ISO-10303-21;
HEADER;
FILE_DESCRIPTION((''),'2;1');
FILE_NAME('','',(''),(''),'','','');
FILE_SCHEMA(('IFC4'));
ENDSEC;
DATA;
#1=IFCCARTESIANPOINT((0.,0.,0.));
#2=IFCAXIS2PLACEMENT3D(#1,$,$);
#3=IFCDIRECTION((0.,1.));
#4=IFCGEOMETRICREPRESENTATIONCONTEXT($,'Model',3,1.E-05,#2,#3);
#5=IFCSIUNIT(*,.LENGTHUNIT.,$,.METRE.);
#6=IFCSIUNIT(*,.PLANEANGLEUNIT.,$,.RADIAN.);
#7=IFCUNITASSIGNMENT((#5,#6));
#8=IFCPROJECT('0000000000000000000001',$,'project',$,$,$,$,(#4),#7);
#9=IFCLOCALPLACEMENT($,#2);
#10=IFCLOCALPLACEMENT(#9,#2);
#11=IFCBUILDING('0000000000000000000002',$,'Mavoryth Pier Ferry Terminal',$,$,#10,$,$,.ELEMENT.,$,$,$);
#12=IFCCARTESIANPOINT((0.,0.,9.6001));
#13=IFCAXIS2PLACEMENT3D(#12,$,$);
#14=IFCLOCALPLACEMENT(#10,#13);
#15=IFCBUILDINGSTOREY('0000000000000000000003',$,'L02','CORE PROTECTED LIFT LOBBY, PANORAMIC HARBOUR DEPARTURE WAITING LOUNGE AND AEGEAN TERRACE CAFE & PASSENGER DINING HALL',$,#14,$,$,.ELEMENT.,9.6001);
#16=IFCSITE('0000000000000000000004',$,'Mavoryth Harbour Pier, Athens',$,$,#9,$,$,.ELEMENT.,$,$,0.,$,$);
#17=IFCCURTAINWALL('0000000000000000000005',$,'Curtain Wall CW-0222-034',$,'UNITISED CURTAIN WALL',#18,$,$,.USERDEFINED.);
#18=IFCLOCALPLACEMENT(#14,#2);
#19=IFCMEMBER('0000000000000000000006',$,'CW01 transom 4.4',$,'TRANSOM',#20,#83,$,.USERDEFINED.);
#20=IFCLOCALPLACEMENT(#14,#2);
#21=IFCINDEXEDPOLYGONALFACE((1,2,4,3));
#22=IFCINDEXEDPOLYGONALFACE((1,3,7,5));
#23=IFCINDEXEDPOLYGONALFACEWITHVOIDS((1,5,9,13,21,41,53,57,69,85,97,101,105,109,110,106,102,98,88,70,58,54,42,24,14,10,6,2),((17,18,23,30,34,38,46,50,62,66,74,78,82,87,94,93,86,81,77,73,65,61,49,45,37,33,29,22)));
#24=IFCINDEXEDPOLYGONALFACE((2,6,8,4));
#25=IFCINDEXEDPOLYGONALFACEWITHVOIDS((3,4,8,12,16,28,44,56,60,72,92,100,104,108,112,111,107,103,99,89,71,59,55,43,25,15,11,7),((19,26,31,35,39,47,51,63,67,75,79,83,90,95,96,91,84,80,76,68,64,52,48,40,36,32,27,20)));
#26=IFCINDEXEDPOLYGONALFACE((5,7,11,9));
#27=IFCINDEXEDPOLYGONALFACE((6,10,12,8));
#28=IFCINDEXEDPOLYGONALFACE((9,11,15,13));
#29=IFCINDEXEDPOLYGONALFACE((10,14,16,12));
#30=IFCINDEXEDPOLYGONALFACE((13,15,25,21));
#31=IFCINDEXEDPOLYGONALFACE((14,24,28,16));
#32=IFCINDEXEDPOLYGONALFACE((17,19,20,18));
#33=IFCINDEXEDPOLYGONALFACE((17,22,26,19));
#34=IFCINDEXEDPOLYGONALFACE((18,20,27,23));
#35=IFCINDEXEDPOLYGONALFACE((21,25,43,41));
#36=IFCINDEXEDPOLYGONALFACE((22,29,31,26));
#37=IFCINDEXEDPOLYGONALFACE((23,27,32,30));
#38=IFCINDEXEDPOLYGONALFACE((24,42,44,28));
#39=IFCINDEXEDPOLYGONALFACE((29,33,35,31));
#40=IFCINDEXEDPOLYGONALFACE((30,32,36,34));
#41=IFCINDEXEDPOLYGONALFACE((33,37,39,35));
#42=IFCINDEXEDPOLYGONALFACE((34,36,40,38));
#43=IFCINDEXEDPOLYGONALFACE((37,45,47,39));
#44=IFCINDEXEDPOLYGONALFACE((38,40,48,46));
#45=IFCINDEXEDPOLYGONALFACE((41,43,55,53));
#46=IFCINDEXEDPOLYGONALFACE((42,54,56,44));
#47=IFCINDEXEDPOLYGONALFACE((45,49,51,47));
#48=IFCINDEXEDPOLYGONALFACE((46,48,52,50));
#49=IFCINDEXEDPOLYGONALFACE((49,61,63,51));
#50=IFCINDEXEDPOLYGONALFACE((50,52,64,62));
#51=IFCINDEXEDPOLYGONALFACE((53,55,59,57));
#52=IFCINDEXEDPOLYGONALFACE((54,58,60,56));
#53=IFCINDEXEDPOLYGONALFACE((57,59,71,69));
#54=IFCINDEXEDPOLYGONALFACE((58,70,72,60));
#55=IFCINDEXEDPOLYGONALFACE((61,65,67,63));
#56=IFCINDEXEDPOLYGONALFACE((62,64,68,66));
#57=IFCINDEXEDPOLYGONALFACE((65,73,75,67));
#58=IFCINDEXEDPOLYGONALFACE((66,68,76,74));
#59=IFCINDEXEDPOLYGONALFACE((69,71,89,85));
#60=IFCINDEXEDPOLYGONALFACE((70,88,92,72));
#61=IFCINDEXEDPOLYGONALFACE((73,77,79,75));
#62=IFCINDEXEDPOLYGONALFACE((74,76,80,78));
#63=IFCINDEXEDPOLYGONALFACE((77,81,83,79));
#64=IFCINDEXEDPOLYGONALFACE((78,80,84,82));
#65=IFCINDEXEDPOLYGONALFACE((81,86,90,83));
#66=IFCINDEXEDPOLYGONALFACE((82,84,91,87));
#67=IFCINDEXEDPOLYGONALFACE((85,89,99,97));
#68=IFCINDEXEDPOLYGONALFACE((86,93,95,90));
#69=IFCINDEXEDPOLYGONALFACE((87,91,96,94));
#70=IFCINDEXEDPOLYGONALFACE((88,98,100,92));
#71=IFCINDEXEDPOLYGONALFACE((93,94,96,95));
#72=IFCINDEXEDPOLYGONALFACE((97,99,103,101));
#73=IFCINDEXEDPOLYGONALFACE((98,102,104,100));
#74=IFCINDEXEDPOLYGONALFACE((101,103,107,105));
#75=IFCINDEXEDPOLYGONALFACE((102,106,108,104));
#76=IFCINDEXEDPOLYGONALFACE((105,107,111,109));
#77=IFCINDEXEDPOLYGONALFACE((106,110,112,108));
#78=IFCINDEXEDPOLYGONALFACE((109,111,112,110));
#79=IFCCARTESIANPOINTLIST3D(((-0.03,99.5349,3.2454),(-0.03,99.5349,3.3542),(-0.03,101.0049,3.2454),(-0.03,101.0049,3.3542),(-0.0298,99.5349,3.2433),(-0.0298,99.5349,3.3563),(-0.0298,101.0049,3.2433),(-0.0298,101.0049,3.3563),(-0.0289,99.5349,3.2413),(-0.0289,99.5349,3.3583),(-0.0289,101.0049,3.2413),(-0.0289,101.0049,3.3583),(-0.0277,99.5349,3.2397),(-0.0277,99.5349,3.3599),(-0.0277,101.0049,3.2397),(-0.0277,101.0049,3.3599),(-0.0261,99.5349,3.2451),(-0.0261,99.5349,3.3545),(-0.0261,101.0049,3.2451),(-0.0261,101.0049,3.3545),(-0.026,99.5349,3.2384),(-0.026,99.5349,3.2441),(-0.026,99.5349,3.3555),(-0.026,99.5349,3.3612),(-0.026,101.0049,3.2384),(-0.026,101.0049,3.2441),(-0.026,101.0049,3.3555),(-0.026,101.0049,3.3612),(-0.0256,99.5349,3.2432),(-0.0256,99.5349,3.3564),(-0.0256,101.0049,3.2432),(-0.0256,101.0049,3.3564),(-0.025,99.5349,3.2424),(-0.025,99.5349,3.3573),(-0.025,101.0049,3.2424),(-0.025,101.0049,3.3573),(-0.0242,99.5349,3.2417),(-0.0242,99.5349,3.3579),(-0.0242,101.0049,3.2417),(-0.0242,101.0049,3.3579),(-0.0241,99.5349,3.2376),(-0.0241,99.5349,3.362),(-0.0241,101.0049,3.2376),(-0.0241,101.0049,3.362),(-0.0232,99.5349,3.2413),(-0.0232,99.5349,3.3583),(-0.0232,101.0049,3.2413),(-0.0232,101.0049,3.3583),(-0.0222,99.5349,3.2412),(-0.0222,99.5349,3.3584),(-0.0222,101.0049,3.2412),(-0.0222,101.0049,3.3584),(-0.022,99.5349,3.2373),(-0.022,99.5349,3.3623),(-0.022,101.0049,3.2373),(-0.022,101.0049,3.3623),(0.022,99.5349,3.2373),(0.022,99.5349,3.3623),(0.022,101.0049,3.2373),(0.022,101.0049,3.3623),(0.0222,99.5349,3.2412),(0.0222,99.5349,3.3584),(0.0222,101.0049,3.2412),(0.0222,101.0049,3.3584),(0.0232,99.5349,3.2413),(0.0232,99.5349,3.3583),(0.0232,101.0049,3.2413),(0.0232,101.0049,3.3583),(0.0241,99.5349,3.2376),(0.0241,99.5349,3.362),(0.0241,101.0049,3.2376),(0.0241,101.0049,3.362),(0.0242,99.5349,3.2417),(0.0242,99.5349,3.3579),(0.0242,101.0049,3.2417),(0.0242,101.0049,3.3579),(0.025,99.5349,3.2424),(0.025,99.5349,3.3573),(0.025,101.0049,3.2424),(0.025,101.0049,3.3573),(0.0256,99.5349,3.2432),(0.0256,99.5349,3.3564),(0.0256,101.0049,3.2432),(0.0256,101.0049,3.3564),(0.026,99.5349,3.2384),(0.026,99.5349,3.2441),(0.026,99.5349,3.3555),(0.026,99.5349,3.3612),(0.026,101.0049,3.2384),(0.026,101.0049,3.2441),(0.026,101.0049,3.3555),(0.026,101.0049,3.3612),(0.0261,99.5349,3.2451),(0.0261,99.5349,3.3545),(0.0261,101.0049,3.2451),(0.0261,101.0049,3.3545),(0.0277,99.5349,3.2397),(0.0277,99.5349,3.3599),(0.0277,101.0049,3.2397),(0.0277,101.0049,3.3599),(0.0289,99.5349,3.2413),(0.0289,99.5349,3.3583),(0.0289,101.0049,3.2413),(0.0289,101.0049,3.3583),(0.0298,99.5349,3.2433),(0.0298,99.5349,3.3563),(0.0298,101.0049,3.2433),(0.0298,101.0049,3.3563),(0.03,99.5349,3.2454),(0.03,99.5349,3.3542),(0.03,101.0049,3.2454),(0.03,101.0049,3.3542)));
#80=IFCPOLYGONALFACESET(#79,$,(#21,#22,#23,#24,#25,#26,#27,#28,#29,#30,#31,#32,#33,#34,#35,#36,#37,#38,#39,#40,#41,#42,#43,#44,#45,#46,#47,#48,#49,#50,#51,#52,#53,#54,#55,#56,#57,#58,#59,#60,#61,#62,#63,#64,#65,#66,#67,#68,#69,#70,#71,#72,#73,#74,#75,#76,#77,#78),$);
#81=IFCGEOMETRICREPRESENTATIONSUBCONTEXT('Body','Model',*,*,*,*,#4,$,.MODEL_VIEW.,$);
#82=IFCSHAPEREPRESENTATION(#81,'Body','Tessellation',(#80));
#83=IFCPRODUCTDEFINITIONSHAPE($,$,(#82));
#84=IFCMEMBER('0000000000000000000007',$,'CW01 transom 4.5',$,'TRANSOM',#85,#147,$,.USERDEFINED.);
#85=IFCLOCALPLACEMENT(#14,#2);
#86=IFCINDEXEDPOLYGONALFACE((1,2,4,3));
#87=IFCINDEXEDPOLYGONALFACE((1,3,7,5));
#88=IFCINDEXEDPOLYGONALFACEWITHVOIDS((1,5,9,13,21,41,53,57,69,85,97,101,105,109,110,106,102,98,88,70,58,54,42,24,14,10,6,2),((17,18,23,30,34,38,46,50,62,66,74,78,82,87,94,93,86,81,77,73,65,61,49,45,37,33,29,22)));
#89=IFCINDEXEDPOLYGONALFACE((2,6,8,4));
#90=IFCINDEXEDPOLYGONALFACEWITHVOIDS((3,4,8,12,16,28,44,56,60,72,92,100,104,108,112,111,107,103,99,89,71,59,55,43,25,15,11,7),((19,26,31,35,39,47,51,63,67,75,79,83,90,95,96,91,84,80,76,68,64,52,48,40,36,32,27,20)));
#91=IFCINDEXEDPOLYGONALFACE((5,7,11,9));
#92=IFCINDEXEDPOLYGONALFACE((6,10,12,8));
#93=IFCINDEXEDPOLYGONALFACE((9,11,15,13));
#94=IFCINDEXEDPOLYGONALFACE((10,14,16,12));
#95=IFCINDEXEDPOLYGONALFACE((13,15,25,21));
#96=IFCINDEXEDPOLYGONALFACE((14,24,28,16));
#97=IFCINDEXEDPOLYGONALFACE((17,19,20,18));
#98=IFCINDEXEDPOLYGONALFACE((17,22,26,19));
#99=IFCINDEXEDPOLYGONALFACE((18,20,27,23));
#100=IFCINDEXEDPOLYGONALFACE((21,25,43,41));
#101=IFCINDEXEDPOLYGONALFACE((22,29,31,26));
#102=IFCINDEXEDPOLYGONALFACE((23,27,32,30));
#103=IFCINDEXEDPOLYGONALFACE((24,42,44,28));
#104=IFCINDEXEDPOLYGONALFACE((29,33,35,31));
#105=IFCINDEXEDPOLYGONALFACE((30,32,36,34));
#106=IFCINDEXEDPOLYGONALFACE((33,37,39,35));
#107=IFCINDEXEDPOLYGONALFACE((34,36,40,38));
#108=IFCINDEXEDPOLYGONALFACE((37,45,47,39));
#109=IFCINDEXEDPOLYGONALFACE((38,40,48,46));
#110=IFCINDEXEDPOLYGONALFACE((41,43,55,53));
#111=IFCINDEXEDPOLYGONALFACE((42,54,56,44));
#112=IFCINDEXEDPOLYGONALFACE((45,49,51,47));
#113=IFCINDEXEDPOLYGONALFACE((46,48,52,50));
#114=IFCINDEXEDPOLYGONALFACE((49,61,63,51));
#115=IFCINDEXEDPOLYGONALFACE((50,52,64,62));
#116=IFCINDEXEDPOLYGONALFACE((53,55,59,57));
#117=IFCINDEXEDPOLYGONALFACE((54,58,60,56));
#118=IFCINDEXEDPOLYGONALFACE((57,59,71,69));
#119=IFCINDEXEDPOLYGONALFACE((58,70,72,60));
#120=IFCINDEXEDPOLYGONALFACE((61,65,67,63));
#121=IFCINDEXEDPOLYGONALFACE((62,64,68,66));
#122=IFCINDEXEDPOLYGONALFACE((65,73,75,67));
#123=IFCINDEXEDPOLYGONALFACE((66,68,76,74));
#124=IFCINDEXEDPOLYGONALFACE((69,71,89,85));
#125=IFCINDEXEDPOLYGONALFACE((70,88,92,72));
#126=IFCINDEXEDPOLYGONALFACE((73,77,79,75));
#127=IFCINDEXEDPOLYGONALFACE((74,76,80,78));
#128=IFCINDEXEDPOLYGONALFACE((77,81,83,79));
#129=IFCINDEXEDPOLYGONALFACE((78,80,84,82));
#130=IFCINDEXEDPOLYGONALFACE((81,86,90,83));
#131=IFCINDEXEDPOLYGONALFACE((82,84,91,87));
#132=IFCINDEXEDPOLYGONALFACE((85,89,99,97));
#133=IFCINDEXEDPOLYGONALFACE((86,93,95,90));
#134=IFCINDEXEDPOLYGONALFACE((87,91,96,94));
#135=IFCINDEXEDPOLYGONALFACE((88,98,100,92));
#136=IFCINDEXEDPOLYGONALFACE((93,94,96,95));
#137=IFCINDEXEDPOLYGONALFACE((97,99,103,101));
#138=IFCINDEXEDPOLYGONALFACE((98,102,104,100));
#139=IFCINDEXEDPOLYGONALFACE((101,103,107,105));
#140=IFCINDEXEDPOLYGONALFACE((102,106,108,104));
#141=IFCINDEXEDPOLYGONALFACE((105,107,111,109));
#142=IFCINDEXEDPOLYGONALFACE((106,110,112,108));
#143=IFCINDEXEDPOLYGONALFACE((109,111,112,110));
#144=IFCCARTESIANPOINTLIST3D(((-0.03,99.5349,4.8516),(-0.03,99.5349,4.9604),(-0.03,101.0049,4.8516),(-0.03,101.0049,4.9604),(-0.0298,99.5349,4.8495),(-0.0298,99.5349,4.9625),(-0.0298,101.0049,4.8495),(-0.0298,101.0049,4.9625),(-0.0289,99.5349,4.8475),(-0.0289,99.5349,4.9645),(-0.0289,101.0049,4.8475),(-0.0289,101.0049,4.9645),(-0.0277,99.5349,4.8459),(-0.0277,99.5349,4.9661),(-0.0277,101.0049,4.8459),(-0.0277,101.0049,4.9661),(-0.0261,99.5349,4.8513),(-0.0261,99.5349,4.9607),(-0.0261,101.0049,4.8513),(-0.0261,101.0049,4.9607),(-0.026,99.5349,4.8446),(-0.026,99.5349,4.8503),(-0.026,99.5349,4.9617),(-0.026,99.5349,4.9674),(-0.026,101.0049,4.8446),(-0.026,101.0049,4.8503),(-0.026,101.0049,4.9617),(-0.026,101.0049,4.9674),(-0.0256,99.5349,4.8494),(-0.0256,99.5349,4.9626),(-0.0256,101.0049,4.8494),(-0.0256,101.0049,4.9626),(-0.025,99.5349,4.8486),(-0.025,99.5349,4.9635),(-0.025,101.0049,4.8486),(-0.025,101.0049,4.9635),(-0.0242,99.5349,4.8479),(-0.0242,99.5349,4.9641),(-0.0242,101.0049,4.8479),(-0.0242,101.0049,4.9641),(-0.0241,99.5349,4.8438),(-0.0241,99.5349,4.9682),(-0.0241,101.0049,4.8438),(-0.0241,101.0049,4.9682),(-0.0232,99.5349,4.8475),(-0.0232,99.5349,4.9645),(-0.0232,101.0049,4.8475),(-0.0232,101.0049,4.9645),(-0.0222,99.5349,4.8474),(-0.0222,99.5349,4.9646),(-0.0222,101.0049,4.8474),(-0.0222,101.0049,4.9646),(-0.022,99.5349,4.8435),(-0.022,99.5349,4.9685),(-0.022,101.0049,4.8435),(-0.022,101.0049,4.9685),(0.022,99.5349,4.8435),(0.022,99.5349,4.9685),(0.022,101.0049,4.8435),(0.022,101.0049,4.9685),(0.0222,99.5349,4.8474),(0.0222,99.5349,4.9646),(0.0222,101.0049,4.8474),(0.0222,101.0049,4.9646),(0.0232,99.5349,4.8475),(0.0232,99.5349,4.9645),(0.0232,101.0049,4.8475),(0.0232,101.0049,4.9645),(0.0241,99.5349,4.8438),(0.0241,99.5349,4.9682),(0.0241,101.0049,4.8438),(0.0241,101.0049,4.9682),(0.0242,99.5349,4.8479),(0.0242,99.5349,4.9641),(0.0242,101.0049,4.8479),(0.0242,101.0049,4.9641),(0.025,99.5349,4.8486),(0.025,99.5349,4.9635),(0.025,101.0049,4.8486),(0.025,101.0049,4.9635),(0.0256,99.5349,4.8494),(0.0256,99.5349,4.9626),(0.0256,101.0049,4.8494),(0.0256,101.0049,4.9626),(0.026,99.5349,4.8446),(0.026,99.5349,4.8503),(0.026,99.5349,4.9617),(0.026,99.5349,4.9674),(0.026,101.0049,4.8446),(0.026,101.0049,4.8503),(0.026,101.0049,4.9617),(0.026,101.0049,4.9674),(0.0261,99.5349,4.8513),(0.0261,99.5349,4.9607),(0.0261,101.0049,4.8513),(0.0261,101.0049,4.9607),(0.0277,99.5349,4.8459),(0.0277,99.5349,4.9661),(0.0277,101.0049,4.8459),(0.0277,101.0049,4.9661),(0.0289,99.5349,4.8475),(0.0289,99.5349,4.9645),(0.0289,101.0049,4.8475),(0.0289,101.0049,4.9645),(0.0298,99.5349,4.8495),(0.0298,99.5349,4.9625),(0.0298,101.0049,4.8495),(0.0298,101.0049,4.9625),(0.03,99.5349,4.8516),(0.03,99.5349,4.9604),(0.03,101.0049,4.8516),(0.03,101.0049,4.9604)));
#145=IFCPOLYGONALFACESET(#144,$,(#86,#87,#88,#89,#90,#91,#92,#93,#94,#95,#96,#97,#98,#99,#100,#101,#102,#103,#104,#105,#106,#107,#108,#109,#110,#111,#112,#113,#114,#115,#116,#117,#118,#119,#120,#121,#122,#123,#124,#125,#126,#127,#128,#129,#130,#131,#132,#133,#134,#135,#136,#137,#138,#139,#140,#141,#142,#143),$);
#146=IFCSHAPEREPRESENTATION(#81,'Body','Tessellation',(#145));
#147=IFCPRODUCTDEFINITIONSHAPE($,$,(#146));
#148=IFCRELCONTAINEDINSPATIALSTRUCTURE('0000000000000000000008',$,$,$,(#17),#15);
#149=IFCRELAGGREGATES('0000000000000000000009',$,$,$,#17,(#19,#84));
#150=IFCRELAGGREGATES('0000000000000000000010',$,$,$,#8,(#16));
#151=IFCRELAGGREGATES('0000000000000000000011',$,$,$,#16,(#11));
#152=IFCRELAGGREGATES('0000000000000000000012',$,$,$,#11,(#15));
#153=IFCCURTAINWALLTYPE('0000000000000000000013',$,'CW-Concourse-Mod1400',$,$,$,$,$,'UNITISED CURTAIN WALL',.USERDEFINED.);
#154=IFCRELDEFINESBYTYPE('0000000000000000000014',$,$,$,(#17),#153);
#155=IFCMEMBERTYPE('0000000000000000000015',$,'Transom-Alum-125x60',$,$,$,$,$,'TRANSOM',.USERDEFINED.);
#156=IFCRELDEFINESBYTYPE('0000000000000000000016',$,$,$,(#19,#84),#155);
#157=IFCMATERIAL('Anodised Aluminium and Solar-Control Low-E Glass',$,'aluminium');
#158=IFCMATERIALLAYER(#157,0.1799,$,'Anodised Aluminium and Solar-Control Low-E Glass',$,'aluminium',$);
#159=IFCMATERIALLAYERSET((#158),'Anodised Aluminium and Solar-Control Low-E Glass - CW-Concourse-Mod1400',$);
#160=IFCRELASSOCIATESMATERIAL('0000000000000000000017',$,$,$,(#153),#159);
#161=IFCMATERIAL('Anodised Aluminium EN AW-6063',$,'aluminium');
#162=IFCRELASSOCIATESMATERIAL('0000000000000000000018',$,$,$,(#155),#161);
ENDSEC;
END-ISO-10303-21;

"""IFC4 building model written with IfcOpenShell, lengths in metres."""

from ifc_helpers import new_model, si_unit, direction, frame, origin, origin_2d, place, context, subcontext, project, spatial, hollow_rectangle, extrude, material, layer, layer_set, material_profile, profile_set, type_object, element, aggregate, save


model = new_model("IFC4")

# Units and contexts
model_context = context("Model", 3, precision=1e-05, world=origin(), true_north=direction((0.0, 1.0)))
body_context = subcontext(model_context, "Body", "Model", "MODEL_VIEW")
ifc_project = project(units=[si_unit("LENGTHUNIT", "METRE"), si_unit("PLANEANGLEUNIT", "RADIAN")], contexts=[model_context])

# Site, building, storey
site_placement = place(None, origin())
site = spatial("IfcSite", under=ifc_project, at=site_placement, Name="Mavoryth Harbour Pier, Athens", CompositionType="ELEMENT", RefElevation=0.0)
building_placement = place(site_placement, origin())
building = spatial("IfcBuilding", under=site, at=building_placement, Name="Mavoryth Pier Ferry Terminal", CompositionType="ELEMENT")
storey_placement = place(building_placement, frame((0.0, 0.0, 9.6001)))
storey = spatial("IfcBuildingStorey", under=building, at=storey_placement, Name="L02", Description="CORE PROTECTED LIFT LOBBY, PANORAMIC HARBOUR DEPARTURE WAITING LOUNGE AND AEGEAN TERRACE CAFE & PASSENGER DINING HALL", CompositionType="ELEMENT", Elevation=9.6001)

# Curtain wall
ifc_material_1 = material(Name="Anodised Aluminium and Solar-Control Low-E Glass", Category="aluminium")
ifc_layer_1 = layer(ifc_material_1, 0.1799, Name="Anodised Aluminium and Solar-Control Low-E Glass", Category="aluminium")
ifc_layer_set_1 = layer_set([ifc_layer_1], Name="Anodised Aluminium and Solar-Control Low-E Glass - CW-Concourse-Mod1400")
curtain_wall_type = type_object("IfcCurtainWallType", Name="CW-Concourse-Mod1400", ElementType="UNITISED CURTAIN WALL", PredefinedType="USERDEFINED", material=ifc_layer_set_1)
curtain_wall_placement = place(storey_placement, origin())
curtain_wall = element("IfcCurtainWall", 1, at=curtain_wall_placement, inside=storey, type_object=curtain_wall_type, Name="Curtain Wall CW-0222-034", ObjectType="UNITISED CURTAIN WALL", PredefinedType="USERDEFINED")
ifc_material_2 = material(Name="Anodised Aluminium EN AW-6063", Category="aluminium")

# Members
ifc_material_profile_1 = material_profile(ifc_material_2, hollow_rectangle(XDim=0.0601, YDim=0.125, WallThickness=0.0039, InnerFilletRadius=0.0039, OuterFilletRadius=0.0081, at=origin_2d()), Name="AL-TRAN 125x60x4", Category="aluminium")
ifc_profile_set_1 = profile_set([ifc_material_profile_1], Name="Anodised Aluminium EN AW-6063 - AL-TRAN 125x60x4")
member_type_1 = type_object("IfcMemberType", Name="Transom-Alum-125x60", ElementType="TRANSOM", PredefinedType="USERDEFINED", material=ifc_profile_set_1)
member_1_placement = place(storey_placement, frame((0.0, 101.0049, 3.2998), z_axis=(0.0, -1.0, 0.0), x_axis=(1.0, 0.0, 0.0)))
member_1 = element("IfcMember", 2, at=member_1_placement, type_object=member_type_1, Name="CW01 transom 4.4", ObjectType="TRANSOM", PredefinedType="USERDEFINED", context=body_context, shape_type="SweptSolid", body=[
    extrude(hollow_rectangle(XDim=0.0601, YDim=0.125, WallThickness=0.0039, InnerFilletRadius=0.0039, OuterFilletRadius=0.0081, at=origin_2d()), origin(), (0.0, 0.0, 1.0), 1.47),
])
member_2_placement = place(storey_placement, frame((0.0, 101.0049, 4.906), z_axis=(0.0, -1.0, 0.0), x_axis=(1.0, 0.0, 0.0)))
member_2 = element("IfcMember", 3, at=member_2_placement, type_object=member_type_1, Name="CW01 transom 4.5", ObjectType="TRANSOM", PredefinedType="USERDEFINED", context=body_context, shape_type="SweptSolid", body=[
    extrude(hollow_rectangle(XDim=0.0601, YDim=0.125, WallThickness=0.0039, InnerFilletRadius=0.0039, OuterFilletRadius=0.0081, at=origin_2d()), origin(), (0.0, 0.0, 1.0), 1.47),
])

aggregate(curtain_wall, [member_1, member_2])

save(model, "model.ifc")
